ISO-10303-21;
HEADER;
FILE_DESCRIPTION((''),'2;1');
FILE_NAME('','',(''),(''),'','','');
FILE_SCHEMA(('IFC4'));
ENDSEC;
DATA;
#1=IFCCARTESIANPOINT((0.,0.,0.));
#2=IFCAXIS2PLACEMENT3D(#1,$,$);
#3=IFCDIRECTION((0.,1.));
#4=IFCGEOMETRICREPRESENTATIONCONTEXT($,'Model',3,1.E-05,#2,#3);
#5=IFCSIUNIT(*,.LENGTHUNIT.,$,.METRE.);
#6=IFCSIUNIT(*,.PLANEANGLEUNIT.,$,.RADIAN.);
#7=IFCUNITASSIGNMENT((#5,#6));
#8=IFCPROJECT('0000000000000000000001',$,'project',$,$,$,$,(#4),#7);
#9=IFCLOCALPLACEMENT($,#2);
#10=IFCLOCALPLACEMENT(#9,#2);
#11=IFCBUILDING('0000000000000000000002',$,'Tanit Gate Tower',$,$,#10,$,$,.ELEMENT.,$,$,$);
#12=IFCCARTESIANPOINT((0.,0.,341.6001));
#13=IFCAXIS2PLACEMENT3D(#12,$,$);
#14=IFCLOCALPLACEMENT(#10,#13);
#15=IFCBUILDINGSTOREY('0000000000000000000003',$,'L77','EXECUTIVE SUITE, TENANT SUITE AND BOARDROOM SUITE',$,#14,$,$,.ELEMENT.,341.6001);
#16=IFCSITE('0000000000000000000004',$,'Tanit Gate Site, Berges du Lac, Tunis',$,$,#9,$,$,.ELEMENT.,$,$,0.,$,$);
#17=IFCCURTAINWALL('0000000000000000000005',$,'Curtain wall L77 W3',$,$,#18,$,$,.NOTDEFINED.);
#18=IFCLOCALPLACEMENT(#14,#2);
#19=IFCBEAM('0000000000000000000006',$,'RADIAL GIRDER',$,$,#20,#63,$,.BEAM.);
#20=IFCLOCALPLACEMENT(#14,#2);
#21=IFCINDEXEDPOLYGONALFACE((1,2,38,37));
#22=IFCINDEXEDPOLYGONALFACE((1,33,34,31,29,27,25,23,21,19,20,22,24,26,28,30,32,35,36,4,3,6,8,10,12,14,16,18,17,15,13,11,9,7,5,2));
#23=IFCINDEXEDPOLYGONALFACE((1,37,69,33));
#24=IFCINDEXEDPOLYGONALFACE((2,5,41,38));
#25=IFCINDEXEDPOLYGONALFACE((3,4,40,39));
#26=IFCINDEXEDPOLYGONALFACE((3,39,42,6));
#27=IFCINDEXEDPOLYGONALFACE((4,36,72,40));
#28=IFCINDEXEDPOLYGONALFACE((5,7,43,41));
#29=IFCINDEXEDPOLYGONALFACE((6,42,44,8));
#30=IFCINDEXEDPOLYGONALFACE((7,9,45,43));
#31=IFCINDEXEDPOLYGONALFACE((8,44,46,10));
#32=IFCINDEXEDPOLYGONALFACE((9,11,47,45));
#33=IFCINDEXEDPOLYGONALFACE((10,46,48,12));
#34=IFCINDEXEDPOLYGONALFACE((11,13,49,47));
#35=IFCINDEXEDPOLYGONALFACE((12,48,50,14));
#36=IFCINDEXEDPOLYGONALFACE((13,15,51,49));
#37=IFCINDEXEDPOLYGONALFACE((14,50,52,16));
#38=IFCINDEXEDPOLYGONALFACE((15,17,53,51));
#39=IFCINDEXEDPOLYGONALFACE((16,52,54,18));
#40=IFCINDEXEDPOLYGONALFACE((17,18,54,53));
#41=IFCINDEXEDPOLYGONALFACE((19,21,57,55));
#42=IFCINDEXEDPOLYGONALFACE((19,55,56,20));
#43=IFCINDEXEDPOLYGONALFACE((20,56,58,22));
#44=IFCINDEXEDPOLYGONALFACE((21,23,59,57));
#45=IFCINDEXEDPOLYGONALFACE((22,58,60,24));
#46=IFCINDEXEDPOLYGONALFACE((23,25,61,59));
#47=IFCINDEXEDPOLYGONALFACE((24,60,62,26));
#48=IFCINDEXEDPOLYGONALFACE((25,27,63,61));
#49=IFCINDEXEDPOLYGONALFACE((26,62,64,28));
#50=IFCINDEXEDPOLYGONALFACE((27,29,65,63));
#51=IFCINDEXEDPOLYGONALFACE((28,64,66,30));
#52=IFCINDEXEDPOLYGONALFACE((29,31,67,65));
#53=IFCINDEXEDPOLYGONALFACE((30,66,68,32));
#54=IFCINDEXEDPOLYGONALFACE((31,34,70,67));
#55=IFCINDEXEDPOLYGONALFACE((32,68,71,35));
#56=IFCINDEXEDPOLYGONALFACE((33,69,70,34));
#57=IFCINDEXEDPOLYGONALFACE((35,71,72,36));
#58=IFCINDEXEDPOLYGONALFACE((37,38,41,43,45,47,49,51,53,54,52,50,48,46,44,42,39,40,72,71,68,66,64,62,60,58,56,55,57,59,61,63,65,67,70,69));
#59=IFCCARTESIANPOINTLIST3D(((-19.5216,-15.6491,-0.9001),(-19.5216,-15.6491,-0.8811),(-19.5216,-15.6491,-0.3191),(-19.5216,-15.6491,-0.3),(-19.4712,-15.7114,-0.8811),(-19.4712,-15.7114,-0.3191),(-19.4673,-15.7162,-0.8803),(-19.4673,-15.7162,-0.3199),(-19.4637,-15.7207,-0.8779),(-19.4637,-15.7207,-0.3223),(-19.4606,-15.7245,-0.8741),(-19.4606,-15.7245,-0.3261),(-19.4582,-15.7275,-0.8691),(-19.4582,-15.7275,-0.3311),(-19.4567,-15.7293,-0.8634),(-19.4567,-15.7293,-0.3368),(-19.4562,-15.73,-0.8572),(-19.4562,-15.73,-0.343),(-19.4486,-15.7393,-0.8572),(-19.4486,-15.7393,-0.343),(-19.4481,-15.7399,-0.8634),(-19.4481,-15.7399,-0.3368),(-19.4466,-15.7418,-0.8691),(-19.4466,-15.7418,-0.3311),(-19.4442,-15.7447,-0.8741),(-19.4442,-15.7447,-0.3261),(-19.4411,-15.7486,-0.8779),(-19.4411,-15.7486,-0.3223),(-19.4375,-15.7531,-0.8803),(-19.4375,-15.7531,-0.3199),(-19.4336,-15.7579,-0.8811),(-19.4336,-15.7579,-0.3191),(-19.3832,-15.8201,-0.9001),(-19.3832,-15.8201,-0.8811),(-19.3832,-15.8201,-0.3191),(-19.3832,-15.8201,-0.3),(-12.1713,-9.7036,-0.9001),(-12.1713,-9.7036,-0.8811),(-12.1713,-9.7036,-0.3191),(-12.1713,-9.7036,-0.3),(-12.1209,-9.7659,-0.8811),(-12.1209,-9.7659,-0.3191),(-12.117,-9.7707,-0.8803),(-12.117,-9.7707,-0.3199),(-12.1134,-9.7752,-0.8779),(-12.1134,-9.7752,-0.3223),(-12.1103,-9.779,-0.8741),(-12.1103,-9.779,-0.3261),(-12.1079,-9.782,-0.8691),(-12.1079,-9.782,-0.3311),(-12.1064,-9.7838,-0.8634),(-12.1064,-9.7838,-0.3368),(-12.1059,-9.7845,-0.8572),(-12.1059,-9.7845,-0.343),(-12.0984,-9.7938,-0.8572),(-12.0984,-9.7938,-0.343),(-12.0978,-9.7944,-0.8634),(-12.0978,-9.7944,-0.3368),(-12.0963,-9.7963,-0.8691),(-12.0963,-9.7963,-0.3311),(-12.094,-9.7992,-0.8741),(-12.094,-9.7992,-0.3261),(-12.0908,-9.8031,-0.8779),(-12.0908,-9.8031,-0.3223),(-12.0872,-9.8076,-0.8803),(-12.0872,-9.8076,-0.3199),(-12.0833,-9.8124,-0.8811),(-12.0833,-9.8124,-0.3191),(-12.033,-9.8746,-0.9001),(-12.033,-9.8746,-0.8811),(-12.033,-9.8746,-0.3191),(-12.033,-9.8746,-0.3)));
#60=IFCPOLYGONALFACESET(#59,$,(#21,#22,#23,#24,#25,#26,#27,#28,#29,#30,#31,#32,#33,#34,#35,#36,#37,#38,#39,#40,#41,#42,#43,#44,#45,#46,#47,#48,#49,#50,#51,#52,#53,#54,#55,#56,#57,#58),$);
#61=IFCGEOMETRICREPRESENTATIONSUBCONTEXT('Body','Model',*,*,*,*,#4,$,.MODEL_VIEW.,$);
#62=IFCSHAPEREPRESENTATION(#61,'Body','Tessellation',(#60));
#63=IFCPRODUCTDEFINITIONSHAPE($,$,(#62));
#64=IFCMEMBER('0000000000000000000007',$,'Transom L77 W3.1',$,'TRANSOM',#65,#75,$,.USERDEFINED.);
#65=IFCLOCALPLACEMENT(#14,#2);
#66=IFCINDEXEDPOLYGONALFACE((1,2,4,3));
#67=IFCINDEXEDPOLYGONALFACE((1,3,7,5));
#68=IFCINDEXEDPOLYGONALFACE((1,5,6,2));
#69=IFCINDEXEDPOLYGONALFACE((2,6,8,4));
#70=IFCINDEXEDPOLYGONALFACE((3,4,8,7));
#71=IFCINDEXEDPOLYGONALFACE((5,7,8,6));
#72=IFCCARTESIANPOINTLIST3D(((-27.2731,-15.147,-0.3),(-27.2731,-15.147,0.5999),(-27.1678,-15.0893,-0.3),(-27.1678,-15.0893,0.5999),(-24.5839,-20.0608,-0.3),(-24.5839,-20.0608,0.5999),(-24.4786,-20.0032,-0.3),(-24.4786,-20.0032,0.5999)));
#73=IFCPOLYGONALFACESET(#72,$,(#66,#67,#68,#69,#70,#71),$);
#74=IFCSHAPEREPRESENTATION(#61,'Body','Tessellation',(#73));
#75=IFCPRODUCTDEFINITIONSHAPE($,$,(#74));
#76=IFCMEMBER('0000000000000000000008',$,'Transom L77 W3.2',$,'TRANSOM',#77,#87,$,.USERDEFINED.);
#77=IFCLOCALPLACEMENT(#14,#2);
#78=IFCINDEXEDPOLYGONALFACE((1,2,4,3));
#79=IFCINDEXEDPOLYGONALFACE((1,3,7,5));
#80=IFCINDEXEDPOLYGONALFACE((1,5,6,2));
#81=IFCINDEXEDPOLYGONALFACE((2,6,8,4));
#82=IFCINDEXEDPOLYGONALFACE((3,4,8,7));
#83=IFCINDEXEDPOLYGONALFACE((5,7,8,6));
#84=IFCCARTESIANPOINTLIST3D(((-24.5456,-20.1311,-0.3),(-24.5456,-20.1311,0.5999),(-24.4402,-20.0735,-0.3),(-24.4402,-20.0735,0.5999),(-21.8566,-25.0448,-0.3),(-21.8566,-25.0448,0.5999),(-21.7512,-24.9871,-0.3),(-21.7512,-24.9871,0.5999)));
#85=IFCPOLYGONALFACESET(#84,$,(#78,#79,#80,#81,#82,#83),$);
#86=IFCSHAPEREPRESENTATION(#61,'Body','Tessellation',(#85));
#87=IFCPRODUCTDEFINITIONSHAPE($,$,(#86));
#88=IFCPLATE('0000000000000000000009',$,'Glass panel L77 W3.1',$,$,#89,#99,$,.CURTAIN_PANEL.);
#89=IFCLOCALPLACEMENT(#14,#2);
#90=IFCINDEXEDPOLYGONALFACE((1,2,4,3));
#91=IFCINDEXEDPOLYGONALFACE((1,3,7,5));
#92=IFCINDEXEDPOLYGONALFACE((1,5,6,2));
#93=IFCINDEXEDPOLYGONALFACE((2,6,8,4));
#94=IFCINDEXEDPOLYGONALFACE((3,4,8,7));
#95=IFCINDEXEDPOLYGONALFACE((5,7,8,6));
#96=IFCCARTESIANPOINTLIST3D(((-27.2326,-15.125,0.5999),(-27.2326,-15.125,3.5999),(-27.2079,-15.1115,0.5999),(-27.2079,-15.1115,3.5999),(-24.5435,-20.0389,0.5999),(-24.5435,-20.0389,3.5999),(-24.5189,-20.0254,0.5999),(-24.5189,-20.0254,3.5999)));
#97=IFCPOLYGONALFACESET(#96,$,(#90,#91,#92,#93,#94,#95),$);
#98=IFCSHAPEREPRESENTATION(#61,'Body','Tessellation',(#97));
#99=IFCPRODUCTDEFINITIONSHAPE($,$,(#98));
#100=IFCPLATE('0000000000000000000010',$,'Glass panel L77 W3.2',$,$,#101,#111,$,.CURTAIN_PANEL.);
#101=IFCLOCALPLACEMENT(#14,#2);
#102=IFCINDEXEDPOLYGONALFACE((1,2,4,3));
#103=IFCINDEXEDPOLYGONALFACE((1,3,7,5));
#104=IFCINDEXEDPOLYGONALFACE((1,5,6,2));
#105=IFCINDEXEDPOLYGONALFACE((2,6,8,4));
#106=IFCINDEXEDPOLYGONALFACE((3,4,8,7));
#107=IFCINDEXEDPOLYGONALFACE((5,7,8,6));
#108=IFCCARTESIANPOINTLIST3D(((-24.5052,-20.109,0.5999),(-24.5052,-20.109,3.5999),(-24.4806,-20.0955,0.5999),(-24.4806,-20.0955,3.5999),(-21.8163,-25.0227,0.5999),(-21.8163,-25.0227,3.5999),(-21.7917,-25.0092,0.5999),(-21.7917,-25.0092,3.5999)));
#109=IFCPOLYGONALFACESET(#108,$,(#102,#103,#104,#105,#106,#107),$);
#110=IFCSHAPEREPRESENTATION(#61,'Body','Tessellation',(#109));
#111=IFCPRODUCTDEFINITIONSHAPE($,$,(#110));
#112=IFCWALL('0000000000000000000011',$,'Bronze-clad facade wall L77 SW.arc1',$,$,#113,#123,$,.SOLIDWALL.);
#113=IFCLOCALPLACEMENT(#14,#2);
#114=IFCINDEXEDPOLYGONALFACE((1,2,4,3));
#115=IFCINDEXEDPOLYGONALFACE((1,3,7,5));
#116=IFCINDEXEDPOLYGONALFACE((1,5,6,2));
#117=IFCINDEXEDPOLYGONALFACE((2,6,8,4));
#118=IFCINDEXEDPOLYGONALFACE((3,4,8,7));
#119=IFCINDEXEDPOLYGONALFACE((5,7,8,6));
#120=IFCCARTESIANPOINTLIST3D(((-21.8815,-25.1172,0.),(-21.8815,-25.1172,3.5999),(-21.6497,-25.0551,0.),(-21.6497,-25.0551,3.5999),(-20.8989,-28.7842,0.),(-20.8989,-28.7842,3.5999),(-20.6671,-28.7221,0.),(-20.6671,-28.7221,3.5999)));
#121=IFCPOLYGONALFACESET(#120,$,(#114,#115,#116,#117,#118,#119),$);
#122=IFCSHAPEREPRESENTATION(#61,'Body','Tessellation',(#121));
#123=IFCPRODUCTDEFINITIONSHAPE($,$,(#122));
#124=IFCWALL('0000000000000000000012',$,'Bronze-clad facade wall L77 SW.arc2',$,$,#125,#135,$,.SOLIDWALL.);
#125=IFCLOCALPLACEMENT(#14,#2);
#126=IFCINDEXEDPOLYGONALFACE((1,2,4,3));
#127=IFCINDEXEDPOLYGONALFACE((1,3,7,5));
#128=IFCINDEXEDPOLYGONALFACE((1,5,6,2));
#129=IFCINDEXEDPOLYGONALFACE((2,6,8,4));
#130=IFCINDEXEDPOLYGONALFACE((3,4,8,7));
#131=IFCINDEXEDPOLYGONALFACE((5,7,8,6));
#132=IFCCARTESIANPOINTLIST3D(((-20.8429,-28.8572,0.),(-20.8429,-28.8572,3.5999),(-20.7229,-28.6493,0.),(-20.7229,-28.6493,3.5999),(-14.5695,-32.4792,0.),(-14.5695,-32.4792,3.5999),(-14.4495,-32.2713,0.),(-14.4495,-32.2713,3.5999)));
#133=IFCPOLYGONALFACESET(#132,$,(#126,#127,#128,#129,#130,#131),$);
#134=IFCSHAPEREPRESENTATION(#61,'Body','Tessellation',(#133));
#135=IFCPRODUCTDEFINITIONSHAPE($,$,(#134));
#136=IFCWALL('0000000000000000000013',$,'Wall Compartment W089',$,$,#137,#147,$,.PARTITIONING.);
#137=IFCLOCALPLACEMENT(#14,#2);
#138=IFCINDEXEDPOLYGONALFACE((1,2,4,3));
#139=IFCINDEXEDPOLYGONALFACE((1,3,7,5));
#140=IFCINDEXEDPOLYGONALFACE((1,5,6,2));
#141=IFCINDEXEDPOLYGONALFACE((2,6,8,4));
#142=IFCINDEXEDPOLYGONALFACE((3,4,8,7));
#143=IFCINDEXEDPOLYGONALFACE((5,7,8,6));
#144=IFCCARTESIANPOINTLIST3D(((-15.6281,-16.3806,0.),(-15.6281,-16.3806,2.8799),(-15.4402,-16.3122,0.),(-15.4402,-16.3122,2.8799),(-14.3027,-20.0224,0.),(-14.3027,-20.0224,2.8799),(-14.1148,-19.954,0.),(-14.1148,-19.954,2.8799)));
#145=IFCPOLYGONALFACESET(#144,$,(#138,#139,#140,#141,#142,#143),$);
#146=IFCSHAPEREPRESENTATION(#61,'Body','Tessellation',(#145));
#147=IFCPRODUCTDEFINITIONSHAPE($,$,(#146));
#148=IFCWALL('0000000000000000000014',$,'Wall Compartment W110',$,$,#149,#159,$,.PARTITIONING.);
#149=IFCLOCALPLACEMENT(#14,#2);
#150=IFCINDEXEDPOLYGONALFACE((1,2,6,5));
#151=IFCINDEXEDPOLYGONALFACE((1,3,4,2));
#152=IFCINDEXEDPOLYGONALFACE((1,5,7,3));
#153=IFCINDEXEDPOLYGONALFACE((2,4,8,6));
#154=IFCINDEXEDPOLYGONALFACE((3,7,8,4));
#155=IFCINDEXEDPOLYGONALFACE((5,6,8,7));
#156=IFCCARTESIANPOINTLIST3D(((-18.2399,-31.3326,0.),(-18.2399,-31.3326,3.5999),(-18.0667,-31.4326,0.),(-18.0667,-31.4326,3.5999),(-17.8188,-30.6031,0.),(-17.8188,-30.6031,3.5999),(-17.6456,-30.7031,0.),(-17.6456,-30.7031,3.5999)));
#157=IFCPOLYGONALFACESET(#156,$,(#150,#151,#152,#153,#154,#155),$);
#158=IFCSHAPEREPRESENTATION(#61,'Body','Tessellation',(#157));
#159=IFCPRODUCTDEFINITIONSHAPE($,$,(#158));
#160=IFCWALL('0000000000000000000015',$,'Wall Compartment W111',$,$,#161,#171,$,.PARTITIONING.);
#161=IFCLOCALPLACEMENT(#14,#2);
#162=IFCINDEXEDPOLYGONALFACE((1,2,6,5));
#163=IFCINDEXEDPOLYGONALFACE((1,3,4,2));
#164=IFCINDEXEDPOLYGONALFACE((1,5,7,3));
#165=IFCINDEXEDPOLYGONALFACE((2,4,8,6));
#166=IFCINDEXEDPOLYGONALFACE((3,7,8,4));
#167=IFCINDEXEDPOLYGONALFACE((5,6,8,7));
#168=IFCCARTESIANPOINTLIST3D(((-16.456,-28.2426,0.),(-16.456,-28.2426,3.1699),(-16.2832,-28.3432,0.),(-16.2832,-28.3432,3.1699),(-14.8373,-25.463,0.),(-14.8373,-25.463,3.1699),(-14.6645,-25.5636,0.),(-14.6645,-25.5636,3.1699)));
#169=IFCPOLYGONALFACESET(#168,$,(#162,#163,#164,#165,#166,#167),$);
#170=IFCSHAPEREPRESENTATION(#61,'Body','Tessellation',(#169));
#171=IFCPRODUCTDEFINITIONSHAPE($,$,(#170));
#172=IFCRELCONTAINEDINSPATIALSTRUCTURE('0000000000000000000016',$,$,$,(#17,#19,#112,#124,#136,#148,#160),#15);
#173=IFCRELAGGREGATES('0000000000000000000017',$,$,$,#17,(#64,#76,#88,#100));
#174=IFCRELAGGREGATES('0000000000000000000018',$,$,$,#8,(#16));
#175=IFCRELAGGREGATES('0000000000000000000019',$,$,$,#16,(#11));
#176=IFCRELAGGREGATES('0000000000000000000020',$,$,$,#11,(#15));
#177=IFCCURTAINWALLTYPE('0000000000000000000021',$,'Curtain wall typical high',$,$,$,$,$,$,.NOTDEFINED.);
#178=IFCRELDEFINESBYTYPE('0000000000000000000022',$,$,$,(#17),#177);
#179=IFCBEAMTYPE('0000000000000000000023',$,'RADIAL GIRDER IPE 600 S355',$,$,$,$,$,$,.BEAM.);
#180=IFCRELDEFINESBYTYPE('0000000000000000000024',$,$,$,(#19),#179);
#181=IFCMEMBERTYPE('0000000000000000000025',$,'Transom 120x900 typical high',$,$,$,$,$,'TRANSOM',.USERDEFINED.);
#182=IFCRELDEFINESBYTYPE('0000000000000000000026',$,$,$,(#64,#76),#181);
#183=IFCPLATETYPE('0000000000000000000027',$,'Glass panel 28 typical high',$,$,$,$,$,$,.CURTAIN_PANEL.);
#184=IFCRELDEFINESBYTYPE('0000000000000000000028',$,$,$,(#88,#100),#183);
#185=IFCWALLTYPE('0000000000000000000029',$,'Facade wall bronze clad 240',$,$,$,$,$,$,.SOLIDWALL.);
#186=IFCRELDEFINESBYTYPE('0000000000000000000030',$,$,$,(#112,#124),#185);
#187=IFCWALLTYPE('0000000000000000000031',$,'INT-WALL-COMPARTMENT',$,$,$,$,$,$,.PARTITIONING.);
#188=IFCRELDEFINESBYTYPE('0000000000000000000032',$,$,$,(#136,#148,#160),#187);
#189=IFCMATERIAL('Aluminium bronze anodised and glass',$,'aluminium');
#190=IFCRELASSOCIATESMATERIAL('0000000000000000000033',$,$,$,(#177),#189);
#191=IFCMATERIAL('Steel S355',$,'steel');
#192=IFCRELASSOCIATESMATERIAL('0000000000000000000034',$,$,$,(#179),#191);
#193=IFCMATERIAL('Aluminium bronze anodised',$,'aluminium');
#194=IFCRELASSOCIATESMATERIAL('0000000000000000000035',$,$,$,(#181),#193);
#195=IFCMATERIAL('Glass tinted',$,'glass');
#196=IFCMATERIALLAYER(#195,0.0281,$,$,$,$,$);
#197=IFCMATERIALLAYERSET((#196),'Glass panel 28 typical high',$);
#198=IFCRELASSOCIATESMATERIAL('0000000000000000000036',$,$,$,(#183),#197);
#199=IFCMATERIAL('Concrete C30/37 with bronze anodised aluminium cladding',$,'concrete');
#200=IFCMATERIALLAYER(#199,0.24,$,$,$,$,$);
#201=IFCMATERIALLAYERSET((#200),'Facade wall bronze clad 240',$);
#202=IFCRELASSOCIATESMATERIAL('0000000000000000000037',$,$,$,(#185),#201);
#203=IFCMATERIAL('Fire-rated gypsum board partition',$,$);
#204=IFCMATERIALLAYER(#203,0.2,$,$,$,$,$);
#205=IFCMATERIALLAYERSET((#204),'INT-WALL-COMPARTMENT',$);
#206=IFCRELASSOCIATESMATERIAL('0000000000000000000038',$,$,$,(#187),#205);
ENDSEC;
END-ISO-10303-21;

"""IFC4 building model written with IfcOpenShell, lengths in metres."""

from ifc_helpers import new_model, si_unit, direction, frame, frame_2d, origin, origin_2d, place, context, subcontext, project, spatial, rectangle, i_section, extrude, material, layer, layer_set, material_profile, profile_set, type_object, element, aggregate, save


model = new_model("IFC4")

# Units and contexts
model_context = context("Model", 3, precision=1e-05, world=origin(), true_north=direction((0.0, 1.0)))
body_context = subcontext(model_context, "Body", "Model", "MODEL_VIEW")
ifc_project = project(units=[si_unit("LENGTHUNIT", "METRE"), si_unit("PLANEANGLEUNIT", "RADIAN")], contexts=[model_context])

# Site, building, storey
site_placement = place(None, origin())
site = spatial("IfcSite", under=ifc_project, at=site_placement, Name="Tanit Gate Site, Berges du Lac, Tunis", CompositionType="ELEMENT", RefElevation=0.0)
building_placement = place(site_placement, origin())
building = spatial("IfcBuilding", under=site, at=building_placement, Name="Tanit Gate Tower", CompositionType="ELEMENT")
storey_placement = place(building_placement, frame((0.0, 0.0, 341.6001)))
storey = spatial("IfcBuildingStorey", under=building, at=storey_placement, Name="L77", Description="EXECUTIVE SUITE, TENANT SUITE AND BOARDROOM SUITE", CompositionType="ELEMENT", Elevation=341.6001)

# Curtain wall
ifc_material_1 = material(Name="Aluminium bronze anodised and glass", Category="aluminium")
curtain_wall_type = type_object("IfcCurtainWallType", Name="Curtain wall typical high", PredefinedType="NOTDEFINED", material=ifc_material_1)
curtain_wall_placement = place(storey_placement, origin())
curtain_wall = element("IfcCurtainWall", 1, at=curtain_wall_placement, inside=storey, type_object=curtain_wall_type, Name="Curtain wall L77 W3", PredefinedType="NOTDEFINED")

# Beam
ifc_material_2 = material(Name="Steel S355", Category="steel")
ifc_material_profile_1 = material_profile(ifc_material_2, i_section(OverallWidth=0.22, OverallDepth=0.6001, WebThickness=0.012, FlangeThickness=0.019, FilletRadius=0.0239, at=origin_2d()), Name="IPE 600")
ifc_profile_set_1 = profile_set([ifc_material_profile_1], Name="Steel S355")
beam_type_1 = type_object("IfcBeamType", Name="RADIAL GIRDER IPE 600 S355", PredefinedType="BEAM", material=ifc_profile_set_1)
beam_1_placement = place(storey_placement, frame((-19.4524, -15.7346, -0.6001), z_axis=(0.777489, 0.628897, 0.0), x_axis=(-0.628897, 0.777489, 0.0)))
element("IfcBeam", 2, at=beam_1_placement, inside=storey, type_object=beam_type_1, Name="RADIAL GIRDER", PredefinedType="BEAM", context=body_context, shape_type="SweptSolid", body=[
    extrude(i_section(OverallWidth=0.22, OverallDepth=0.6001, WebThickness=0.012, FlangeThickness=0.019, FilletRadius=0.0239, at=origin_2d()), origin(), (0.0, 0.0, 1.0), 9.4539),
])

# Members
ifc_material_3 = material(Name="Aluminium bronze anodised", Category="aluminium")
ifc_material_profile_2 = material_profile(ifc_material_3, rectangle(XDim=0.1201, YDim=0.8999, at=origin_2d()), Name="120x900 bronze transom")
ifc_profile_set_2 = profile_set([ifc_material_profile_2], Name="Aluminium bronze anodised")
member_type_1 = type_object("IfcMemberType", Name="Transom 120x900 typical high", ElementType="TRANSOM", PredefinedType="USERDEFINED", material=ifc_profile_set_2)
member_1_placement = place(storey_placement, frame((-27.2205, -15.1182, 0.1499), z_axis=(0.480082, -0.877223, 0.0), x_axis=(0.877223, 0.480082, 0.0)))
member_1 = element("IfcMember", 3, at=member_1_placement, type_object=member_type_1, Name="Transom L77 W3.1", ObjectType="TRANSOM", PredefinedType="USERDEFINED", context=body_context, shape_type="SweptSolid", body=[
    extrude(rectangle(XDim=0.1201, YDim=0.8999, at=origin_2d()), origin(), (0.0, 0.0, 1.0), 5.6016),
])
member_2_placement = place(storey_placement, frame((-24.4929, -20.1023, 0.1499), z_axis=(0.480067, -0.877232, 0.0), x_axis=(0.877232, 0.480067, 0.0)))
member_2 = element("IfcMember", 4, at=member_2_placement, type_object=member_type_1, Name="Transom L77 W3.2", ObjectType="TRANSOM", PredefinedType="USERDEFINED", context=body_context, shape_type="SweptSolid", body=[
    extrude(rectangle(XDim=0.1201, YDim=0.8999, at=origin_2d()), origin(), (0.0, 0.0, 1.0), 5.6013),
])

# Plates
ifc_material_4 = material(Name="Glass tinted", Category="glass")
ifc_layer_1 = layer(ifc_material_4, 0.0281)
ifc_layer_set_1 = layer_set([ifc_layer_1], Name="Glass panel 28 typical high")
plate_type = type_object("IfcPlateType", Name="Glass panel 28 typical high", PredefinedType="CURTAIN_PANEL", material=ifc_layer_set_1)
plate_1_placement = place(storey_placement, frame((-25.8757, -17.5752, 0.5999), z_axis=(0.0, 0.0, 1.0), x_axis=(0.480055, -0.877239, 0.0)))
plate_1 = element("IfcPlate", 5, at=plate_1_placement, type_object=plate_type, Name="Glass panel L77 W3.1", PredefinedType="CURTAIN_PANEL", context=body_context, shape_type="SweptSolid", body=[
    extrude(rectangle(XDim=5.6016, YDim=0.0281, at=origin_2d()), origin(), (0.0, 0.0, 1.0), 3.0),
])
plate_2_placement = place(storey_placement, frame((-23.1484, -22.5591, 0.5999), z_axis=(0.0, 0.0, 1.0), x_axis=(0.480055, -0.877239, 0.0)))
plate_2 = element("IfcPlate", 6, at=plate_2_placement, type_object=plate_type, Name="Glass panel L77 W3.2", PredefinedType="CURTAIN_PANEL", context=body_context, shape_type="SweptSolid", body=[
    extrude(rectangle(XDim=5.6013, YDim=0.0281, at=origin_2d()), origin(), (0.0, 0.0, 1.0), 3.0),
])
aggregate(curtain_wall, [member_1, member_2, plate_1, plate_2])

# Walls
ifc_material_5 = material(Name="Concrete C30/37 with bronze anodised aluminium cladding", Category="concrete")
ifc_layer_2 = layer(ifc_material_5, 0.24)
ifc_layer_set_2 = layer_set([ifc_layer_2], Name="Facade wall bronze clad 240")
wall_type_1 = type_object("IfcWallType", Name="Facade wall bronze clad 240", PredefinedType="SOLIDWALL", material=ifc_layer_set_2)
wall_1_placement = place(storey_placement, frame((-21.7656, -25.0862, 0.0), z_axis=(0.0, 0.0, 1.0), x_axis=(0.258843, -0.965919, 0.0)))
element("IfcWall", 7, at=wall_1_placement, inside=storey, type_object=wall_type_1, Name="Bronze-clad facade wall L77 SW.arc1", PredefinedType="SOLIDWALL", context=body_context, shape_type="SweptSolid", body=[
    extrude(rectangle(XDim=3.7964, YDim=0.24, at=frame_2d((1.8982, 0.0))), origin(), (0.0, 0.0, 1.0), 3.5999),
])
wall_2_placement = place(storey_placement, frame((-20.783, -28.7532, 0.0), z_axis=(0.0, 0.0, 1.0), x_axis=(0.866019, -0.50001, 0.0)))
element("IfcWall", 8, at=wall_2_placement, inside=storey, type_object=wall_type_1, Name="Bronze-clad facade wall L77 SW.arc2", PredefinedType="SOLIDWALL", context=body_context, shape_type="SweptSolid", body=[
    extrude(rectangle(XDim=7.2439, YDim=0.24, at=frame_2d((3.6221, 0.0))), origin(), (0.0, 0.0, 1.0), 3.5999),
])
ifc_material_6 = material(Name="Fire-rated gypsum board partition")
ifc_layer_3 = layer(ifc_material_6, 0.2)
ifc_layer_set_3 = layer_set([ifc_layer_3], Name="INT-WALL-COMPARTMENT")
wall_type_2 = type_object("IfcWallType", Name="INT-WALL-COMPARTMENT", PredefinedType="PARTITIONING", material=ifc_layer_set_3)
wall_3_placement = place(storey_placement, frame((-15.5342, -16.3464, 0.0), z_axis=(0.0, 0.0, 1.0), x_axis=(0.342001, -0.9397, 0.0)))
element("IfcWall", 9, at=wall_3_placement, inside=storey, type_object=wall_type_2, Name="Wall Compartment W089", PredefinedType="PARTITIONING", context=body_context, shape_type="SweptSolid", body=[
    extrude(rectangle(XDim=3.8755, YDim=0.2, at=frame_2d((1.9377, 0.0))), origin(), (0.0, 0.0, 1.0), 2.8799),
])
wall_4_placement = place(storey_placement, frame((-18.1533, -31.3826, 0.0), z_axis=(0.0, 0.0, 1.0), x_axis=(0.499973, 0.866041, 0.0)))
element("IfcWall", 10, at=wall_4_placement, inside=storey, type_object=wall_type_2, Name="Wall Compartment W110", PredefinedType="PARTITIONING", context=body_context, shape_type="SweptSolid", body=[
    extrude(rectangle(XDim=0.8423, YDim=0.2, at=frame_2d((0.4211, 0.0))), origin(), (0.0, 0.0, 1.0), 3.5999),
])
wall_5_placement = place(storey_placement, frame((-16.3696, -28.293, 0.0), z_axis=(0.0, 0.0, 1.0), x_axis=(0.503234, 0.86415, 0.0)))
element("IfcWall", 11, at=wall_5_placement, inside=storey, type_object=wall_type_2, Name="Wall Compartment W111", PredefinedType="PARTITIONING", context=body_context, shape_type="SweptSolid", body=[
    extrude(rectangle(XDim=3.2166, YDim=0.2, at=frame_2d((1.6084, 0.0))), origin(), (0.0, 0.0, 1.0), 3.1699),
])

save(model, "model.ifc")
